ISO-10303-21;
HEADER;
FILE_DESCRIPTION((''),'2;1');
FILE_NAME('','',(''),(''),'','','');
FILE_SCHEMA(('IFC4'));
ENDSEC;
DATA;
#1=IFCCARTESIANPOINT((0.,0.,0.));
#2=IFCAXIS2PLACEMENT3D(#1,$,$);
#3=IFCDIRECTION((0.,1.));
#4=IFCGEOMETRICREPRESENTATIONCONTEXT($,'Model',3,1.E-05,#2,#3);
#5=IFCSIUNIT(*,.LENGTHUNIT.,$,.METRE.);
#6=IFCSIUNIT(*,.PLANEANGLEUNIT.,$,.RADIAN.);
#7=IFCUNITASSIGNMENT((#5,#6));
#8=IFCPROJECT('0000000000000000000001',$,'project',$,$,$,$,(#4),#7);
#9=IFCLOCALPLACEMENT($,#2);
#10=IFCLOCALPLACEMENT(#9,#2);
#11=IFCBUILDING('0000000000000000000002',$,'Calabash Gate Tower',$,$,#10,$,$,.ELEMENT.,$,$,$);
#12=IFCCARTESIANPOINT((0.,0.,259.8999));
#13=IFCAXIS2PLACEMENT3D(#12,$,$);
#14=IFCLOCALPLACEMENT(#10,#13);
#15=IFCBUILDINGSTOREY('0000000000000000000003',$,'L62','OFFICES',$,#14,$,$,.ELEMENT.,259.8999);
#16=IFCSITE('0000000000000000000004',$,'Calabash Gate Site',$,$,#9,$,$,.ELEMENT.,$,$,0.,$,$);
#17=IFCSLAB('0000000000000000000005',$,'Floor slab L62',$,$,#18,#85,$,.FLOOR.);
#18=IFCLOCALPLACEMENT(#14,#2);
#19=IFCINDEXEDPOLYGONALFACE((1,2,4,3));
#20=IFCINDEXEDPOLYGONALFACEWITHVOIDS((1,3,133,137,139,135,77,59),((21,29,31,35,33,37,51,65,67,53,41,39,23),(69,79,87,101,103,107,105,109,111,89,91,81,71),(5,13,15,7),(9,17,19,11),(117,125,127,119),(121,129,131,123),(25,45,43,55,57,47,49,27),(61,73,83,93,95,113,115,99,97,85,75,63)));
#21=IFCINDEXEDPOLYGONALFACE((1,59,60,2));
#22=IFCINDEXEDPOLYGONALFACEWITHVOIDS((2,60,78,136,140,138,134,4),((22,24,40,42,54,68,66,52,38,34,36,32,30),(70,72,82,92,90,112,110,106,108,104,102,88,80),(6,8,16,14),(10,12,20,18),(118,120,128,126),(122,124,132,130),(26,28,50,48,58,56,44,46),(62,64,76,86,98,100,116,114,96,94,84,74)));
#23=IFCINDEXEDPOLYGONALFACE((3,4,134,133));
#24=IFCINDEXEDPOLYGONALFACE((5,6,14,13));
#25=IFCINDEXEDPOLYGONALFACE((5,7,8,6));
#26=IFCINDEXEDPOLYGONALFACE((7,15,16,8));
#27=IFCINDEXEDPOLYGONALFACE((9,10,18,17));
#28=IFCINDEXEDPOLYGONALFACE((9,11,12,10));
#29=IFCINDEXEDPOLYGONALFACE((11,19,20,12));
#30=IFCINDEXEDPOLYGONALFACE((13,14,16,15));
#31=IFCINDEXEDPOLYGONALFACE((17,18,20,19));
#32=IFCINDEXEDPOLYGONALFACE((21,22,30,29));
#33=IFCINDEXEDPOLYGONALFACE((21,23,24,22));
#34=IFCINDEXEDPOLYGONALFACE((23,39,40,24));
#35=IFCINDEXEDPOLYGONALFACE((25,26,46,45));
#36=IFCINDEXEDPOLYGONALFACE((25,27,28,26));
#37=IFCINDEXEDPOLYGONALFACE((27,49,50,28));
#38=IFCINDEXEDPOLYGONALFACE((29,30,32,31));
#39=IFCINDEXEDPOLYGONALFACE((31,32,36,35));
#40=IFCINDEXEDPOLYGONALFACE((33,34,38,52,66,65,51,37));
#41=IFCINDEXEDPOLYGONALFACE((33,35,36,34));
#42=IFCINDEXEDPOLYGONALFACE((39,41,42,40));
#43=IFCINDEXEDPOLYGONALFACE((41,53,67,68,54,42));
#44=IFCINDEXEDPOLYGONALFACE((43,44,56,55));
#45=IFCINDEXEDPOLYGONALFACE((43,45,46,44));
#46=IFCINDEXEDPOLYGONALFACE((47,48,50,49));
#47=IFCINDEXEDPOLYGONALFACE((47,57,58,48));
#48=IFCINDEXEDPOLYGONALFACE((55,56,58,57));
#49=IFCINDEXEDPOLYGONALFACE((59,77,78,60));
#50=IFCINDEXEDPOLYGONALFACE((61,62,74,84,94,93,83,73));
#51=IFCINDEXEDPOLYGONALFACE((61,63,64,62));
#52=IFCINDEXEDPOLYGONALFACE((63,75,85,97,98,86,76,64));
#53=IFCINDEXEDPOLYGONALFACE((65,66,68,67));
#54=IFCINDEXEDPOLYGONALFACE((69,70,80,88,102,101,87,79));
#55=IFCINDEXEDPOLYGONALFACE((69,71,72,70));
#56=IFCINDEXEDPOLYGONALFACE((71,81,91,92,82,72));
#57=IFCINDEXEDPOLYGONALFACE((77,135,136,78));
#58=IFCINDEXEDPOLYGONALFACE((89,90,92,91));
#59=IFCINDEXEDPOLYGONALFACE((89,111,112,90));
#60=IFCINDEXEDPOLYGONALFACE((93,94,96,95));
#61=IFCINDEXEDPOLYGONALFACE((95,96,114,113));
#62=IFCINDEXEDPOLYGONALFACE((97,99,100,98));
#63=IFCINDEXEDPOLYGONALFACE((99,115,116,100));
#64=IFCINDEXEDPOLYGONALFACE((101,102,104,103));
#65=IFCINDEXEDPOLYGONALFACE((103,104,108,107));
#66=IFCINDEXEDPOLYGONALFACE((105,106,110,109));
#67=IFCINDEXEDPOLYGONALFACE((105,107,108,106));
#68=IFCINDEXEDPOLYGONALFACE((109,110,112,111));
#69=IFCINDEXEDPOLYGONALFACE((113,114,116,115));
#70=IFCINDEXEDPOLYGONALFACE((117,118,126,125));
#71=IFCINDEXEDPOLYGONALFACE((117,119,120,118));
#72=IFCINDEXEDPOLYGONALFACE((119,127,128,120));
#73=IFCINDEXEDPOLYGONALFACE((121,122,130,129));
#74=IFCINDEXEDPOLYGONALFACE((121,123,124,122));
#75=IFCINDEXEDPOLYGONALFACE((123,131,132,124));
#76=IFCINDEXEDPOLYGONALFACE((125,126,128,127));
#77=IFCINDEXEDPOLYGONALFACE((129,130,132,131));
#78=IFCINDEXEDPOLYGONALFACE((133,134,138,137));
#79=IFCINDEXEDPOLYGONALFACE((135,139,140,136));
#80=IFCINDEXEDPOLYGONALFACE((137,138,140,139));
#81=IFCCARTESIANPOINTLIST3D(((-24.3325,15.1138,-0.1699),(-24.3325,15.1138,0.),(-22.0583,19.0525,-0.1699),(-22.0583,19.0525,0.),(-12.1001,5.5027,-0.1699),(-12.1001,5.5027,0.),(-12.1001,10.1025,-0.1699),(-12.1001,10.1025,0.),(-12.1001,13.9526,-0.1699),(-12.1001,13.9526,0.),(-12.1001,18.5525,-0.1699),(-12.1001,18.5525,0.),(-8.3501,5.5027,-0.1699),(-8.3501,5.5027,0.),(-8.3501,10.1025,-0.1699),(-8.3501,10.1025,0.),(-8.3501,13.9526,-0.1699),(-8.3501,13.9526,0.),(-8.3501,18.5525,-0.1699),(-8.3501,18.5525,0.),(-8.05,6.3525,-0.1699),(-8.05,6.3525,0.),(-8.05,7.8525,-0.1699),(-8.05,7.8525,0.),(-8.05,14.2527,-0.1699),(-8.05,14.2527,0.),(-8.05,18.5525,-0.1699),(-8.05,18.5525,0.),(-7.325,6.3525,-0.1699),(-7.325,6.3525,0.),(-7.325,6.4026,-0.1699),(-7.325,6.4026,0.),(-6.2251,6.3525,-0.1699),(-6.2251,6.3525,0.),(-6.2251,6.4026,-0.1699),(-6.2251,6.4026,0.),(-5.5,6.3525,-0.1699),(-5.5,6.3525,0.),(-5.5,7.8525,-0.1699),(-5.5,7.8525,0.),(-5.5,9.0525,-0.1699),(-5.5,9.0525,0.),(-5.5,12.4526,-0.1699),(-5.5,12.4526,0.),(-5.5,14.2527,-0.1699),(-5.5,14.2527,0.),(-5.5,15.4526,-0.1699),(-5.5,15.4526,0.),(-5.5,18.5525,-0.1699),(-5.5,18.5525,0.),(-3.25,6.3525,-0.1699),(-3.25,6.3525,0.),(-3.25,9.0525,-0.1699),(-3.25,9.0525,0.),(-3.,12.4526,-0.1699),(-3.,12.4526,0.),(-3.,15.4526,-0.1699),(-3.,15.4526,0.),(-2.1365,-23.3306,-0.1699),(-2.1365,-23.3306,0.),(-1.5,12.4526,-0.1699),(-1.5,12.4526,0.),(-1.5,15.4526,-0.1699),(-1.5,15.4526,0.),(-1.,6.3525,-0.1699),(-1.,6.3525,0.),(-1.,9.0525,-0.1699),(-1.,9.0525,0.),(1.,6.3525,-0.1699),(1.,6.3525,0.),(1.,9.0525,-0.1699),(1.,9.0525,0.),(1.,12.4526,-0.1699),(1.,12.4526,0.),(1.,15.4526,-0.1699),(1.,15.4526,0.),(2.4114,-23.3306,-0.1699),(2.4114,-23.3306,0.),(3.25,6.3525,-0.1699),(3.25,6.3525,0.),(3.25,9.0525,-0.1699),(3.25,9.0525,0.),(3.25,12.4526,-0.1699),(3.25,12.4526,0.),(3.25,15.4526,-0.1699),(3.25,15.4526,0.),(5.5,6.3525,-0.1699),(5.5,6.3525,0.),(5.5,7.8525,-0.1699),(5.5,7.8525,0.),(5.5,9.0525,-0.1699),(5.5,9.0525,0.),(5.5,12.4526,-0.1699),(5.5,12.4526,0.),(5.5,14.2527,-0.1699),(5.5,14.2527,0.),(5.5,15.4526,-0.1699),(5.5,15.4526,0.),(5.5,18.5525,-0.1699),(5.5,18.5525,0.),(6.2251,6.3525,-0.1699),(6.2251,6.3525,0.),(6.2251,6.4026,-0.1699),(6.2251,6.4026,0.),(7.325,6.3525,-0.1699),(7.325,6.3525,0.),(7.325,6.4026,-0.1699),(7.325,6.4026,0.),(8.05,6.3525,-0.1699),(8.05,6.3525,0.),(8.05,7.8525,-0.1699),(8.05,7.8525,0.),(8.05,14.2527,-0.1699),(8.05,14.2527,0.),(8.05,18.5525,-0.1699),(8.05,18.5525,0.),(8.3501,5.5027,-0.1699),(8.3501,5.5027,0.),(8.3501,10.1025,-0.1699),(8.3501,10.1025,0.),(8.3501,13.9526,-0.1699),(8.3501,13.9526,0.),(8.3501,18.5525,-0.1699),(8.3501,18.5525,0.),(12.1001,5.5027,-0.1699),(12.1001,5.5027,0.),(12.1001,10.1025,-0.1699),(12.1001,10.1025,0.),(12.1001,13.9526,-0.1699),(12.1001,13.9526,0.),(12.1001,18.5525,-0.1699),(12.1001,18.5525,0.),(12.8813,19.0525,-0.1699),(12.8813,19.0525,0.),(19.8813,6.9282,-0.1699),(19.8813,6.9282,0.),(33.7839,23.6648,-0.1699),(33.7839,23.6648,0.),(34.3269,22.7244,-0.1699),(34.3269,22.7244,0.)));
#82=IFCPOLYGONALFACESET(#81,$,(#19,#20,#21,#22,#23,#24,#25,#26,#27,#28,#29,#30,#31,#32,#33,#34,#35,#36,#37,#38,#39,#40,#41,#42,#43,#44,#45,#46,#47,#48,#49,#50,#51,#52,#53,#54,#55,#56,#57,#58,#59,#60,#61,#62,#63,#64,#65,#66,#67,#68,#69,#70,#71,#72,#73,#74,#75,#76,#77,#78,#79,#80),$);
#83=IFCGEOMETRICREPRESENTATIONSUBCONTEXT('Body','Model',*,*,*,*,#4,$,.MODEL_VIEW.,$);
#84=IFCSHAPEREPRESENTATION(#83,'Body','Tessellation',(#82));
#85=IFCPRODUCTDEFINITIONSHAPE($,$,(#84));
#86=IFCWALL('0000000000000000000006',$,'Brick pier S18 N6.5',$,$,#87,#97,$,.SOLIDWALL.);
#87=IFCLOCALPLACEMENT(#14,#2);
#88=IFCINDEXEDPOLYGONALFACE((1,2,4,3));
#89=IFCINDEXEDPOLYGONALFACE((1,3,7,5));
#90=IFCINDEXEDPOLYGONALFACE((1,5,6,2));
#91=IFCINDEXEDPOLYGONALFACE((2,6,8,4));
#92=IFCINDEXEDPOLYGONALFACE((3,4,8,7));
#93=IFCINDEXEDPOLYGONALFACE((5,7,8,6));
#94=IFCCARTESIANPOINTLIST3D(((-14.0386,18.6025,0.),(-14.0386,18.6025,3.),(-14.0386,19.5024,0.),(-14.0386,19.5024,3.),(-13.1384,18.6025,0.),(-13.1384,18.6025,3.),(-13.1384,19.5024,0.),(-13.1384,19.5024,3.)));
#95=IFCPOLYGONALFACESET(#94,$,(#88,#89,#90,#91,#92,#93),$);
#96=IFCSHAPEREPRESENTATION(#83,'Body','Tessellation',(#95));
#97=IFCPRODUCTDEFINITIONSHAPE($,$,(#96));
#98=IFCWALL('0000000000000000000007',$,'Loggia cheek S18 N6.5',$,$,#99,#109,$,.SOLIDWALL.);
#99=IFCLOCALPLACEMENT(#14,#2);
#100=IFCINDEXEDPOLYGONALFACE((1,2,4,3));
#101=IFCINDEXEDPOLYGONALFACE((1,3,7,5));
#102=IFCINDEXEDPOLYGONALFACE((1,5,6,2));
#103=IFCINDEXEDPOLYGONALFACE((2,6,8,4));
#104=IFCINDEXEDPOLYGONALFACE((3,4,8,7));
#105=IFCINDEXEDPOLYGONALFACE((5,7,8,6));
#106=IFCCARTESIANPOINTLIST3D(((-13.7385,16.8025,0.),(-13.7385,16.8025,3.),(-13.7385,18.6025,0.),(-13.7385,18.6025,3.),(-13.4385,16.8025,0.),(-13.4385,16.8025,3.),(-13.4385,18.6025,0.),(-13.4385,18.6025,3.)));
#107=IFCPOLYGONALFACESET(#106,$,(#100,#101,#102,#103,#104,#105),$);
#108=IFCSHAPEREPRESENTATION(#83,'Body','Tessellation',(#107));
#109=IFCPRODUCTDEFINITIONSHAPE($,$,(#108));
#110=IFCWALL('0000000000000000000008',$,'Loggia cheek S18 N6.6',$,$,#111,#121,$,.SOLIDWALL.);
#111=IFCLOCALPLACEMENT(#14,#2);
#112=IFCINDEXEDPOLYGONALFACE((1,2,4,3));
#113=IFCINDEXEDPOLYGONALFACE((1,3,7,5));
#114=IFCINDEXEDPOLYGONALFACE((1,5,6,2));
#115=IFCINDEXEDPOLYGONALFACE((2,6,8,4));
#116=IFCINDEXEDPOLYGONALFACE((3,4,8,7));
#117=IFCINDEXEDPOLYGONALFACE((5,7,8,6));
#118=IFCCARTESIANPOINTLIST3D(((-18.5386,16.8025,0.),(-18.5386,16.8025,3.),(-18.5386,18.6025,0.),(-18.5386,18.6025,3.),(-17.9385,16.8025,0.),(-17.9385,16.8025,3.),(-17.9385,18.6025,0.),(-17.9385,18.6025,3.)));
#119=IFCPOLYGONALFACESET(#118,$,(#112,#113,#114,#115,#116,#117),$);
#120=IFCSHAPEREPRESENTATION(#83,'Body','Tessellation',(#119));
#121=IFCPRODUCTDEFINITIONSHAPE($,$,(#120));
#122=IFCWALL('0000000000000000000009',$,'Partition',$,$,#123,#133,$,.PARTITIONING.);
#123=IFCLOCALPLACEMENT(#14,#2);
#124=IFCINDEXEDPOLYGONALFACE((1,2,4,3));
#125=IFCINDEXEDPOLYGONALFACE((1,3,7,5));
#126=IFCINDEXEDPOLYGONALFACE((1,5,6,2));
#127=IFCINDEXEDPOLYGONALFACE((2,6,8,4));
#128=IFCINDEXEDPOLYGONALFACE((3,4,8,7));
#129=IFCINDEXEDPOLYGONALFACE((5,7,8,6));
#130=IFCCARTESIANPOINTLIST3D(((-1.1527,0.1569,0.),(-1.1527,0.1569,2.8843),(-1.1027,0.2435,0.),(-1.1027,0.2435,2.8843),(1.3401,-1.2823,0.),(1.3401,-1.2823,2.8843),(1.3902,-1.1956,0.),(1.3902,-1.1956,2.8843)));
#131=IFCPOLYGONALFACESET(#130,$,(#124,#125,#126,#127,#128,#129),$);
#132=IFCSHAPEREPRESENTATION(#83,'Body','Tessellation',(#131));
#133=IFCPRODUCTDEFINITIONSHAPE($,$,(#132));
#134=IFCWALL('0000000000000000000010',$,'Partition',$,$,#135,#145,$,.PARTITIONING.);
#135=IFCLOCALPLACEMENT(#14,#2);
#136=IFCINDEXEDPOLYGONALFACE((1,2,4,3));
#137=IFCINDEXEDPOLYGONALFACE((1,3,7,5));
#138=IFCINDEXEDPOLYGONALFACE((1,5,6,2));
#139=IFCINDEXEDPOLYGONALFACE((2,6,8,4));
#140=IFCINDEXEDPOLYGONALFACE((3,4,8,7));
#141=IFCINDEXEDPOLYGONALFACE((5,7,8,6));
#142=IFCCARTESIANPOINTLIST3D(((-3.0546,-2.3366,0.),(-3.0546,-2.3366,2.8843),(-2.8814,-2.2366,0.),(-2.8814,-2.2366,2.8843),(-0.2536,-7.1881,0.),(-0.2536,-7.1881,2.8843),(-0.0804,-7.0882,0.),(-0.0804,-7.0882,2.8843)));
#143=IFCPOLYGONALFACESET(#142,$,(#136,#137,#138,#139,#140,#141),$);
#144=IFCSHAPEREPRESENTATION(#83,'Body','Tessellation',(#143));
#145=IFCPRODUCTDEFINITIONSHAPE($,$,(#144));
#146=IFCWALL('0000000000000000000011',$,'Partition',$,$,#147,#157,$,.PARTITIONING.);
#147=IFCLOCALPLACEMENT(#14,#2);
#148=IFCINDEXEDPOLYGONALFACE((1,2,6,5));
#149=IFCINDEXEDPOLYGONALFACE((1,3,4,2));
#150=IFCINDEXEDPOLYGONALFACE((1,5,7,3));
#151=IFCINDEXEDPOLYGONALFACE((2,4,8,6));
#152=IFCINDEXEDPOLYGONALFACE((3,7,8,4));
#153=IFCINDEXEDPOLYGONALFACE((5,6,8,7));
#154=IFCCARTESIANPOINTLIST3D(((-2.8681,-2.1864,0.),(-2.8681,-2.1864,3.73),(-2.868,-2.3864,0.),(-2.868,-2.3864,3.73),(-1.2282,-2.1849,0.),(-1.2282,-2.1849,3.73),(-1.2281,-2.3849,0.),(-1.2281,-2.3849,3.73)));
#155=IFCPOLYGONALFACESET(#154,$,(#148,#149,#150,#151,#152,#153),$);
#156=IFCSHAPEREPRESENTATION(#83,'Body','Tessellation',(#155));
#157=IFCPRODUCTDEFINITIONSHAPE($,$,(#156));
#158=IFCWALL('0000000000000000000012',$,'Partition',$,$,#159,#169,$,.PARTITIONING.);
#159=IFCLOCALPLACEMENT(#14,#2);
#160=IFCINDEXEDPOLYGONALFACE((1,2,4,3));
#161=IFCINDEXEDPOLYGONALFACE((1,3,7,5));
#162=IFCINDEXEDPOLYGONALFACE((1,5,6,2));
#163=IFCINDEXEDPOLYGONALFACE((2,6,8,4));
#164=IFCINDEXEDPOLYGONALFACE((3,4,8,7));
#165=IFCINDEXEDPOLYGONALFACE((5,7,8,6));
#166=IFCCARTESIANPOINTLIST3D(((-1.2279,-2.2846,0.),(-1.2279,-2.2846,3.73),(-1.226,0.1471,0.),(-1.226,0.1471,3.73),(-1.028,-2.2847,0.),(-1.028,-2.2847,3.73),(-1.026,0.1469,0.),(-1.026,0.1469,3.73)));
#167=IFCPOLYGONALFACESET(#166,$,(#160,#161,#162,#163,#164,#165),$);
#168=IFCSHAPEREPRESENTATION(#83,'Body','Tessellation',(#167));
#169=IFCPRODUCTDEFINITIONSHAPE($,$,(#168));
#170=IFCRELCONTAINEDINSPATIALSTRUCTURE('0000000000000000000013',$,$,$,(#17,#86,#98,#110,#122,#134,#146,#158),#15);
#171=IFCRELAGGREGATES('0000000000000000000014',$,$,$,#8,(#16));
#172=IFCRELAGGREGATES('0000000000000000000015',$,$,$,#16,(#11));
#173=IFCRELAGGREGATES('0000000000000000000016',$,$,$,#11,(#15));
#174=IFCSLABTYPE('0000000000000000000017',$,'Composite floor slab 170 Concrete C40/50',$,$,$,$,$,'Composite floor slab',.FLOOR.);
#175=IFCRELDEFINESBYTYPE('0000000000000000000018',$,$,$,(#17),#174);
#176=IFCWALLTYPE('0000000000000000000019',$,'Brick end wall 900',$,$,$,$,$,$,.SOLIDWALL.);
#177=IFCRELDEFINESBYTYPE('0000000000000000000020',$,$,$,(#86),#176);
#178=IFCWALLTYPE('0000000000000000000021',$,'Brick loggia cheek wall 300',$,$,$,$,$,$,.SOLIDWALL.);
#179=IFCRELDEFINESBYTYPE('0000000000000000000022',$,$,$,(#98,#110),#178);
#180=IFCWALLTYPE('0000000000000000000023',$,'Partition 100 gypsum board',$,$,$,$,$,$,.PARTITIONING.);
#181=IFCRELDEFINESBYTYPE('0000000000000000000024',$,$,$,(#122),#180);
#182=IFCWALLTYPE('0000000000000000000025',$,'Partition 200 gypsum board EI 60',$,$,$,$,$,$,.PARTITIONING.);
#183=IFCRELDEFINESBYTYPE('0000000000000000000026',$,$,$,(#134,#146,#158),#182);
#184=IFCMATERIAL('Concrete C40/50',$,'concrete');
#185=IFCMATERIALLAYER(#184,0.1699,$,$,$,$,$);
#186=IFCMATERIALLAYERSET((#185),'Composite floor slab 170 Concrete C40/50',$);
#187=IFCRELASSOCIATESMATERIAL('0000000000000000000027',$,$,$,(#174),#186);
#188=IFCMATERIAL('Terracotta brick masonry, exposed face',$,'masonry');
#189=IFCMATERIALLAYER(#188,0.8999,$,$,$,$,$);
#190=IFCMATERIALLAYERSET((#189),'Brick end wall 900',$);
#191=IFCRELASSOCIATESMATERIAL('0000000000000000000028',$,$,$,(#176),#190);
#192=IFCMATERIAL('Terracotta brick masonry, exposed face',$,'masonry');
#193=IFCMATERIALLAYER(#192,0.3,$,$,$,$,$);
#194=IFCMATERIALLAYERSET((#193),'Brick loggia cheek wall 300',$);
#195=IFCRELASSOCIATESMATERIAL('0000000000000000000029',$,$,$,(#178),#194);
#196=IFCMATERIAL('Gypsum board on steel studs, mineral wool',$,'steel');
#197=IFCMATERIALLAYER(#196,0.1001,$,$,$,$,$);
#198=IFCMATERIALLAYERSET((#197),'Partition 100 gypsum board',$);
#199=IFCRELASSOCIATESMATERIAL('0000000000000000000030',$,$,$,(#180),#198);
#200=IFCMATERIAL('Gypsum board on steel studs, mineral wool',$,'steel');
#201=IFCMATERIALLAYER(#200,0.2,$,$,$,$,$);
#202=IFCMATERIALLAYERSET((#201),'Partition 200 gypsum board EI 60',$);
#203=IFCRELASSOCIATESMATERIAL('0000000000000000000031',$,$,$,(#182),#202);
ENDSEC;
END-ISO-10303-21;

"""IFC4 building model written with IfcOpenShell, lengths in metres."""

from ifc_helpers import new_model, si_unit, direction, frame, frame_2d, origin, place, context, subcontext, project, spatial, polyline, rectangle, outline, extrude, material, layer, layer_set, type_object, element, save


model = new_model("IFC4")

# Units and contexts
model_context = context("Model", 3, precision=1e-05, world=origin(), true_north=direction((0.0, 1.0)))
body_context = subcontext(model_context, "Body", "Model", "MODEL_VIEW")
ifc_project = project(units=[si_unit("LENGTHUNIT", "METRE"), si_unit("PLANEANGLEUNIT", "RADIAN")], contexts=[model_context])

# Site, building, storey
site_placement = place(None, origin())
site = spatial("IfcSite", under=ifc_project, at=site_placement, Name="Calabash Gate Site", CompositionType="ELEMENT", RefElevation=0.0)
building_placement = place(site_placement, origin())
building = spatial("IfcBuilding", under=site, at=building_placement, Name="Calabash Gate Tower", CompositionType="ELEMENT")
storey_placement = place(building_placement, frame((0.0, 0.0, 259.8999)))
storey = spatial("IfcBuildingStorey", under=building, at=storey_placement, Name="L62", Description="OFFICES", CompositionType="ELEMENT", Elevation=259.8999)

# Slab
ifc_material_1 = material(Name="Concrete C40/50", Category="concrete")
ifc_layer_1 = layer(ifc_material_1, 0.1699)
ifc_layer_set_1 = layer_set([ifc_layer_1], Name="Composite floor slab 170 Concrete C40/50")
slab_type = type_object("IfcSlabType", Name="Composite floor slab 170 Concrete C40/50", ElementType="Composite floor slab", PredefinedType="FLOOR", material=ifc_layer_set_1)
slab_placement = place(storey_placement, frame((0.0, 0.0, -0.1699)))
element("IfcSlab", 1, at=slab_placement, inside=storey, type_object=slab_type, Name="Floor slab L62", PredefinedType="FLOOR", context=body_context, shape_type="SweptSolid", body=[
    extrude(outline(polyline([(-24.3325, 15.1138), (-22.0583, 19.0525), (12.8813, 19.0525), (33.7839, 23.6648), (34.3269, 22.7244), (19.8813, 6.9282), (2.4114, -23.3306), (-2.1365, -23.3306), (-24.3325, 15.1138)]), holes=[polyline([(-1.0, 9.0525), (-3.25, 9.0525), (-5.5, 9.0525), (-5.5, 7.8525), (-8.05, 7.8525), (-8.05, 6.3525), (-7.325, 6.3525), (-7.325, 6.4026), (-6.2251, 6.4026), (-6.2251, 6.3525), (-5.5, 6.3525), (-3.25, 6.3525), (-1.0, 6.3525), (-1.0, 9.0525)]), polyline([(3.25, 6.3525), (5.5, 6.3525), (6.2251, 6.3525), (6.2251, 6.4026), (7.325, 6.4026), (7.325, 6.3525), (8.05, 6.3525), (8.05, 7.8525), (5.5, 7.8525), (5.5, 9.0525), (3.25, 9.0525), (1.0, 9.0525), (1.0, 6.3525), (3.25, 6.3525)]), polyline([(-5.5, 14.2527), (-5.5, 12.4526), (-3.0, 12.4526), (-3.0, 15.4526), (-5.5, 15.4526), (-5.5, 18.5525), (-8.05, 18.5525), (-8.05, 14.2527), (-5.5, 14.2527)]), polyline([(1.0, 15.4526), (-1.5, 15.4526), (-1.5, 12.4526), (1.0, 12.4526), (3.25, 12.4526), (5.5, 12.4526), (5.5, 14.2527), (8.05, 14.2527), (8.05, 18.5525), (5.5, 18.5525), (5.5, 15.4526), (3.25, 15.4526), (1.0, 15.4526)]), polyline([(-8.3501, 18.5525), (-12.1001, 18.5525), (-12.1001, 13.9526), (-8.3501, 13.9526), (-8.3501, 18.5525)]), polyline([(-12.1001, 10.1025), (-12.1001, 5.5027), (-8.3501, 5.5027), (-8.3501, 10.1025), (-12.1001, 10.1025)]), polyline([(8.3501, 13.9526), (12.1001, 13.9526), (12.1001, 18.5525), (8.3501, 18.5525), (8.3501, 13.9526)]), polyline([(12.1001, 5.5027), (12.1001, 10.1025), (8.3501, 10.1025), (8.3501, 5.5027), (12.1001, 5.5027)])]), origin(), (0.0, 0.0, 1.0), 0.1699),
])

# Walls
ifc_material_2 = material(Name="Terracotta brick masonry, exposed face", Category="masonry")
ifc_layer_2 = layer(ifc_material_2, 0.8999)
ifc_layer_set_2 = layer_set([ifc_layer_2], Name="Brick end wall 900")
wall_type_1 = type_object("IfcWallType", Name="Brick end wall 900", PredefinedType="SOLIDWALL", material=ifc_layer_set_2)
wall_1_placement = place(storey_placement, origin())
element("IfcWall", 2, at=wall_1_placement, inside=storey, type_object=wall_type_1, Name="Brick pier S18 N6.5", PredefinedType="SOLIDWALL", context=body_context, shape_type="SweptSolid", body=[
    extrude(outline(polyline([(-13.1384, 19.5024), (-14.0386, 19.5024), (-14.0386, 18.6025), (-13.1384, 18.6025), (-13.1384, 19.5024)])), origin(), (0.0, 0.0, 1.0), 3.0),
])
ifc_material_3 = material(Name="Terracotta brick masonry, exposed face", Category="masonry")
ifc_layer_3 = layer(ifc_material_3, 0.3)
ifc_layer_set_3 = layer_set([ifc_layer_3], Name="Brick loggia cheek wall 300")
wall_type_2 = type_object("IfcWallType", Name="Brick loggia cheek wall 300", PredefinedType="SOLIDWALL", material=ifc_layer_set_3)
wall_2_placement = place(storey_placement, origin())
element("IfcWall", 3, at=wall_2_placement, inside=storey, type_object=wall_type_2, Name="Loggia cheek S18 N6.5", PredefinedType="SOLIDWALL", context=body_context, shape_type="SweptSolid", body=[
    extrude(outline(polyline([(-13.4385, 16.8025), (-13.4385, 18.6025), (-13.7385, 18.6025), (-13.7385, 16.8025), (-13.4385, 16.8025)])), origin(), (0.0, 0.0, 1.0), 3.0),
])
wall_3_placement = place(storey_placement, origin())
element("IfcWall", 4, at=wall_3_placement, inside=storey, type_object=wall_type_2, Name="Loggia cheek S18 N6.6", PredefinedType="SOLIDWALL", context=body_context, shape_type="SweptSolid", body=[
    extrude(outline(polyline([(-18.5386, 18.6025), (-18.5386, 16.8025), (-17.9385, 16.8025), (-17.9385, 18.6025), (-18.5386, 18.6025)])), origin(), (0.0, 0.0, 1.0), 3.0),
])
ifc_material_4 = material(Name="Gypsum board on steel studs, mineral wool", Category="steel")
ifc_layer_4 = layer(ifc_material_4, 0.1001)
ifc_layer_set_4 = layer_set([ifc_layer_4], Name="Partition 100 gypsum board")
wall_type_3 = type_object("IfcWallType", Name="Partition 100 gypsum board", PredefinedType="PARTITIONING", material=ifc_layer_set_4)
wall_4_placement = place(storey_placement, frame((-1.1277, 0.2002, 0.0), z_axis=(0.0, 0.0, 1.0), x_axis=(0.866037, -0.499979, 0.0)))
element("IfcWall", 5, at=wall_4_placement, inside=storey, type_object=wall_type_3, Name="Partition", PredefinedType="PARTITIONING", context=body_context, shape_type="SweptSolid", body=[
    extrude(rectangle(XDim=2.8784, YDim=0.1001, at=frame_2d((1.4392, 0.0))), origin(), (0.0, 0.0, 1.0), 2.8843),
])
ifc_material_5 = material(Name="Gypsum board on steel studs, mineral wool", Category="steel")
ifc_layer_5 = layer(ifc_material_5, 0.2)
ifc_layer_set_5 = layer_set([ifc_layer_5], Name="Partition 200 gypsum board EI 60")
wall_type_4 = type_object("IfcWallType", Name="Partition 200 gypsum board EI 60", PredefinedType="PARTITIONING", material=ifc_layer_set_5)
wall_5_placement = place(storey_placement, frame((-2.968, -2.2866, 0.0), z_axis=(0.0, 0.0, 1.0), x_axis=(0.499997, -0.866027, 0.0)))
element("IfcWall", 6, at=wall_5_placement, inside=storey, type_object=wall_type_4, Name="Partition", PredefinedType="PARTITIONING", context=body_context, shape_type="SweptSolid", body=[
    extrude(rectangle(XDim=5.6021, YDim=0.2, at=frame_2d((2.801, 0.0))), origin(), (0.0, 0.0, 1.0), 2.8843),
])
wall_6_placement = place(storey_placement, frame((-2.8679, -2.2864, 0.0), z_axis=(0.0, 0.0, 1.0), x_axis=(1.0, 0.000893, 0.0)))
element("IfcWall", 7, at=wall_6_placement, inside=storey, type_object=wall_type_4, Name="Partition", PredefinedType="PARTITIONING", context=body_context, shape_type="SweptSolid", body=[
    extrude(rectangle(XDim=1.6399, YDim=0.2, at=frame_2d((0.8198, 0.0))), origin(), (0.0, 0.0, 1.0), 3.73),
])
wall_7_placement = place(storey_placement, frame((-1.1279, -2.2847, 0.0), z_axis=(0.0, 0.0, 1.0), x_axis=(0.000803, 1.0, 0.0)))
element("IfcWall", 8, at=wall_7_placement, inside=storey, type_object=wall_type_4, Name="Partition", PredefinedType="PARTITIONING", context=body_context, shape_type="SweptSolid", body=[
    extrude(rectangle(XDim=2.4316, YDim=0.2, at=frame_2d((1.2158, 0.0))), origin(), (0.0, 0.0, 1.0), 3.73),
])

save(model, "model.ifc")
